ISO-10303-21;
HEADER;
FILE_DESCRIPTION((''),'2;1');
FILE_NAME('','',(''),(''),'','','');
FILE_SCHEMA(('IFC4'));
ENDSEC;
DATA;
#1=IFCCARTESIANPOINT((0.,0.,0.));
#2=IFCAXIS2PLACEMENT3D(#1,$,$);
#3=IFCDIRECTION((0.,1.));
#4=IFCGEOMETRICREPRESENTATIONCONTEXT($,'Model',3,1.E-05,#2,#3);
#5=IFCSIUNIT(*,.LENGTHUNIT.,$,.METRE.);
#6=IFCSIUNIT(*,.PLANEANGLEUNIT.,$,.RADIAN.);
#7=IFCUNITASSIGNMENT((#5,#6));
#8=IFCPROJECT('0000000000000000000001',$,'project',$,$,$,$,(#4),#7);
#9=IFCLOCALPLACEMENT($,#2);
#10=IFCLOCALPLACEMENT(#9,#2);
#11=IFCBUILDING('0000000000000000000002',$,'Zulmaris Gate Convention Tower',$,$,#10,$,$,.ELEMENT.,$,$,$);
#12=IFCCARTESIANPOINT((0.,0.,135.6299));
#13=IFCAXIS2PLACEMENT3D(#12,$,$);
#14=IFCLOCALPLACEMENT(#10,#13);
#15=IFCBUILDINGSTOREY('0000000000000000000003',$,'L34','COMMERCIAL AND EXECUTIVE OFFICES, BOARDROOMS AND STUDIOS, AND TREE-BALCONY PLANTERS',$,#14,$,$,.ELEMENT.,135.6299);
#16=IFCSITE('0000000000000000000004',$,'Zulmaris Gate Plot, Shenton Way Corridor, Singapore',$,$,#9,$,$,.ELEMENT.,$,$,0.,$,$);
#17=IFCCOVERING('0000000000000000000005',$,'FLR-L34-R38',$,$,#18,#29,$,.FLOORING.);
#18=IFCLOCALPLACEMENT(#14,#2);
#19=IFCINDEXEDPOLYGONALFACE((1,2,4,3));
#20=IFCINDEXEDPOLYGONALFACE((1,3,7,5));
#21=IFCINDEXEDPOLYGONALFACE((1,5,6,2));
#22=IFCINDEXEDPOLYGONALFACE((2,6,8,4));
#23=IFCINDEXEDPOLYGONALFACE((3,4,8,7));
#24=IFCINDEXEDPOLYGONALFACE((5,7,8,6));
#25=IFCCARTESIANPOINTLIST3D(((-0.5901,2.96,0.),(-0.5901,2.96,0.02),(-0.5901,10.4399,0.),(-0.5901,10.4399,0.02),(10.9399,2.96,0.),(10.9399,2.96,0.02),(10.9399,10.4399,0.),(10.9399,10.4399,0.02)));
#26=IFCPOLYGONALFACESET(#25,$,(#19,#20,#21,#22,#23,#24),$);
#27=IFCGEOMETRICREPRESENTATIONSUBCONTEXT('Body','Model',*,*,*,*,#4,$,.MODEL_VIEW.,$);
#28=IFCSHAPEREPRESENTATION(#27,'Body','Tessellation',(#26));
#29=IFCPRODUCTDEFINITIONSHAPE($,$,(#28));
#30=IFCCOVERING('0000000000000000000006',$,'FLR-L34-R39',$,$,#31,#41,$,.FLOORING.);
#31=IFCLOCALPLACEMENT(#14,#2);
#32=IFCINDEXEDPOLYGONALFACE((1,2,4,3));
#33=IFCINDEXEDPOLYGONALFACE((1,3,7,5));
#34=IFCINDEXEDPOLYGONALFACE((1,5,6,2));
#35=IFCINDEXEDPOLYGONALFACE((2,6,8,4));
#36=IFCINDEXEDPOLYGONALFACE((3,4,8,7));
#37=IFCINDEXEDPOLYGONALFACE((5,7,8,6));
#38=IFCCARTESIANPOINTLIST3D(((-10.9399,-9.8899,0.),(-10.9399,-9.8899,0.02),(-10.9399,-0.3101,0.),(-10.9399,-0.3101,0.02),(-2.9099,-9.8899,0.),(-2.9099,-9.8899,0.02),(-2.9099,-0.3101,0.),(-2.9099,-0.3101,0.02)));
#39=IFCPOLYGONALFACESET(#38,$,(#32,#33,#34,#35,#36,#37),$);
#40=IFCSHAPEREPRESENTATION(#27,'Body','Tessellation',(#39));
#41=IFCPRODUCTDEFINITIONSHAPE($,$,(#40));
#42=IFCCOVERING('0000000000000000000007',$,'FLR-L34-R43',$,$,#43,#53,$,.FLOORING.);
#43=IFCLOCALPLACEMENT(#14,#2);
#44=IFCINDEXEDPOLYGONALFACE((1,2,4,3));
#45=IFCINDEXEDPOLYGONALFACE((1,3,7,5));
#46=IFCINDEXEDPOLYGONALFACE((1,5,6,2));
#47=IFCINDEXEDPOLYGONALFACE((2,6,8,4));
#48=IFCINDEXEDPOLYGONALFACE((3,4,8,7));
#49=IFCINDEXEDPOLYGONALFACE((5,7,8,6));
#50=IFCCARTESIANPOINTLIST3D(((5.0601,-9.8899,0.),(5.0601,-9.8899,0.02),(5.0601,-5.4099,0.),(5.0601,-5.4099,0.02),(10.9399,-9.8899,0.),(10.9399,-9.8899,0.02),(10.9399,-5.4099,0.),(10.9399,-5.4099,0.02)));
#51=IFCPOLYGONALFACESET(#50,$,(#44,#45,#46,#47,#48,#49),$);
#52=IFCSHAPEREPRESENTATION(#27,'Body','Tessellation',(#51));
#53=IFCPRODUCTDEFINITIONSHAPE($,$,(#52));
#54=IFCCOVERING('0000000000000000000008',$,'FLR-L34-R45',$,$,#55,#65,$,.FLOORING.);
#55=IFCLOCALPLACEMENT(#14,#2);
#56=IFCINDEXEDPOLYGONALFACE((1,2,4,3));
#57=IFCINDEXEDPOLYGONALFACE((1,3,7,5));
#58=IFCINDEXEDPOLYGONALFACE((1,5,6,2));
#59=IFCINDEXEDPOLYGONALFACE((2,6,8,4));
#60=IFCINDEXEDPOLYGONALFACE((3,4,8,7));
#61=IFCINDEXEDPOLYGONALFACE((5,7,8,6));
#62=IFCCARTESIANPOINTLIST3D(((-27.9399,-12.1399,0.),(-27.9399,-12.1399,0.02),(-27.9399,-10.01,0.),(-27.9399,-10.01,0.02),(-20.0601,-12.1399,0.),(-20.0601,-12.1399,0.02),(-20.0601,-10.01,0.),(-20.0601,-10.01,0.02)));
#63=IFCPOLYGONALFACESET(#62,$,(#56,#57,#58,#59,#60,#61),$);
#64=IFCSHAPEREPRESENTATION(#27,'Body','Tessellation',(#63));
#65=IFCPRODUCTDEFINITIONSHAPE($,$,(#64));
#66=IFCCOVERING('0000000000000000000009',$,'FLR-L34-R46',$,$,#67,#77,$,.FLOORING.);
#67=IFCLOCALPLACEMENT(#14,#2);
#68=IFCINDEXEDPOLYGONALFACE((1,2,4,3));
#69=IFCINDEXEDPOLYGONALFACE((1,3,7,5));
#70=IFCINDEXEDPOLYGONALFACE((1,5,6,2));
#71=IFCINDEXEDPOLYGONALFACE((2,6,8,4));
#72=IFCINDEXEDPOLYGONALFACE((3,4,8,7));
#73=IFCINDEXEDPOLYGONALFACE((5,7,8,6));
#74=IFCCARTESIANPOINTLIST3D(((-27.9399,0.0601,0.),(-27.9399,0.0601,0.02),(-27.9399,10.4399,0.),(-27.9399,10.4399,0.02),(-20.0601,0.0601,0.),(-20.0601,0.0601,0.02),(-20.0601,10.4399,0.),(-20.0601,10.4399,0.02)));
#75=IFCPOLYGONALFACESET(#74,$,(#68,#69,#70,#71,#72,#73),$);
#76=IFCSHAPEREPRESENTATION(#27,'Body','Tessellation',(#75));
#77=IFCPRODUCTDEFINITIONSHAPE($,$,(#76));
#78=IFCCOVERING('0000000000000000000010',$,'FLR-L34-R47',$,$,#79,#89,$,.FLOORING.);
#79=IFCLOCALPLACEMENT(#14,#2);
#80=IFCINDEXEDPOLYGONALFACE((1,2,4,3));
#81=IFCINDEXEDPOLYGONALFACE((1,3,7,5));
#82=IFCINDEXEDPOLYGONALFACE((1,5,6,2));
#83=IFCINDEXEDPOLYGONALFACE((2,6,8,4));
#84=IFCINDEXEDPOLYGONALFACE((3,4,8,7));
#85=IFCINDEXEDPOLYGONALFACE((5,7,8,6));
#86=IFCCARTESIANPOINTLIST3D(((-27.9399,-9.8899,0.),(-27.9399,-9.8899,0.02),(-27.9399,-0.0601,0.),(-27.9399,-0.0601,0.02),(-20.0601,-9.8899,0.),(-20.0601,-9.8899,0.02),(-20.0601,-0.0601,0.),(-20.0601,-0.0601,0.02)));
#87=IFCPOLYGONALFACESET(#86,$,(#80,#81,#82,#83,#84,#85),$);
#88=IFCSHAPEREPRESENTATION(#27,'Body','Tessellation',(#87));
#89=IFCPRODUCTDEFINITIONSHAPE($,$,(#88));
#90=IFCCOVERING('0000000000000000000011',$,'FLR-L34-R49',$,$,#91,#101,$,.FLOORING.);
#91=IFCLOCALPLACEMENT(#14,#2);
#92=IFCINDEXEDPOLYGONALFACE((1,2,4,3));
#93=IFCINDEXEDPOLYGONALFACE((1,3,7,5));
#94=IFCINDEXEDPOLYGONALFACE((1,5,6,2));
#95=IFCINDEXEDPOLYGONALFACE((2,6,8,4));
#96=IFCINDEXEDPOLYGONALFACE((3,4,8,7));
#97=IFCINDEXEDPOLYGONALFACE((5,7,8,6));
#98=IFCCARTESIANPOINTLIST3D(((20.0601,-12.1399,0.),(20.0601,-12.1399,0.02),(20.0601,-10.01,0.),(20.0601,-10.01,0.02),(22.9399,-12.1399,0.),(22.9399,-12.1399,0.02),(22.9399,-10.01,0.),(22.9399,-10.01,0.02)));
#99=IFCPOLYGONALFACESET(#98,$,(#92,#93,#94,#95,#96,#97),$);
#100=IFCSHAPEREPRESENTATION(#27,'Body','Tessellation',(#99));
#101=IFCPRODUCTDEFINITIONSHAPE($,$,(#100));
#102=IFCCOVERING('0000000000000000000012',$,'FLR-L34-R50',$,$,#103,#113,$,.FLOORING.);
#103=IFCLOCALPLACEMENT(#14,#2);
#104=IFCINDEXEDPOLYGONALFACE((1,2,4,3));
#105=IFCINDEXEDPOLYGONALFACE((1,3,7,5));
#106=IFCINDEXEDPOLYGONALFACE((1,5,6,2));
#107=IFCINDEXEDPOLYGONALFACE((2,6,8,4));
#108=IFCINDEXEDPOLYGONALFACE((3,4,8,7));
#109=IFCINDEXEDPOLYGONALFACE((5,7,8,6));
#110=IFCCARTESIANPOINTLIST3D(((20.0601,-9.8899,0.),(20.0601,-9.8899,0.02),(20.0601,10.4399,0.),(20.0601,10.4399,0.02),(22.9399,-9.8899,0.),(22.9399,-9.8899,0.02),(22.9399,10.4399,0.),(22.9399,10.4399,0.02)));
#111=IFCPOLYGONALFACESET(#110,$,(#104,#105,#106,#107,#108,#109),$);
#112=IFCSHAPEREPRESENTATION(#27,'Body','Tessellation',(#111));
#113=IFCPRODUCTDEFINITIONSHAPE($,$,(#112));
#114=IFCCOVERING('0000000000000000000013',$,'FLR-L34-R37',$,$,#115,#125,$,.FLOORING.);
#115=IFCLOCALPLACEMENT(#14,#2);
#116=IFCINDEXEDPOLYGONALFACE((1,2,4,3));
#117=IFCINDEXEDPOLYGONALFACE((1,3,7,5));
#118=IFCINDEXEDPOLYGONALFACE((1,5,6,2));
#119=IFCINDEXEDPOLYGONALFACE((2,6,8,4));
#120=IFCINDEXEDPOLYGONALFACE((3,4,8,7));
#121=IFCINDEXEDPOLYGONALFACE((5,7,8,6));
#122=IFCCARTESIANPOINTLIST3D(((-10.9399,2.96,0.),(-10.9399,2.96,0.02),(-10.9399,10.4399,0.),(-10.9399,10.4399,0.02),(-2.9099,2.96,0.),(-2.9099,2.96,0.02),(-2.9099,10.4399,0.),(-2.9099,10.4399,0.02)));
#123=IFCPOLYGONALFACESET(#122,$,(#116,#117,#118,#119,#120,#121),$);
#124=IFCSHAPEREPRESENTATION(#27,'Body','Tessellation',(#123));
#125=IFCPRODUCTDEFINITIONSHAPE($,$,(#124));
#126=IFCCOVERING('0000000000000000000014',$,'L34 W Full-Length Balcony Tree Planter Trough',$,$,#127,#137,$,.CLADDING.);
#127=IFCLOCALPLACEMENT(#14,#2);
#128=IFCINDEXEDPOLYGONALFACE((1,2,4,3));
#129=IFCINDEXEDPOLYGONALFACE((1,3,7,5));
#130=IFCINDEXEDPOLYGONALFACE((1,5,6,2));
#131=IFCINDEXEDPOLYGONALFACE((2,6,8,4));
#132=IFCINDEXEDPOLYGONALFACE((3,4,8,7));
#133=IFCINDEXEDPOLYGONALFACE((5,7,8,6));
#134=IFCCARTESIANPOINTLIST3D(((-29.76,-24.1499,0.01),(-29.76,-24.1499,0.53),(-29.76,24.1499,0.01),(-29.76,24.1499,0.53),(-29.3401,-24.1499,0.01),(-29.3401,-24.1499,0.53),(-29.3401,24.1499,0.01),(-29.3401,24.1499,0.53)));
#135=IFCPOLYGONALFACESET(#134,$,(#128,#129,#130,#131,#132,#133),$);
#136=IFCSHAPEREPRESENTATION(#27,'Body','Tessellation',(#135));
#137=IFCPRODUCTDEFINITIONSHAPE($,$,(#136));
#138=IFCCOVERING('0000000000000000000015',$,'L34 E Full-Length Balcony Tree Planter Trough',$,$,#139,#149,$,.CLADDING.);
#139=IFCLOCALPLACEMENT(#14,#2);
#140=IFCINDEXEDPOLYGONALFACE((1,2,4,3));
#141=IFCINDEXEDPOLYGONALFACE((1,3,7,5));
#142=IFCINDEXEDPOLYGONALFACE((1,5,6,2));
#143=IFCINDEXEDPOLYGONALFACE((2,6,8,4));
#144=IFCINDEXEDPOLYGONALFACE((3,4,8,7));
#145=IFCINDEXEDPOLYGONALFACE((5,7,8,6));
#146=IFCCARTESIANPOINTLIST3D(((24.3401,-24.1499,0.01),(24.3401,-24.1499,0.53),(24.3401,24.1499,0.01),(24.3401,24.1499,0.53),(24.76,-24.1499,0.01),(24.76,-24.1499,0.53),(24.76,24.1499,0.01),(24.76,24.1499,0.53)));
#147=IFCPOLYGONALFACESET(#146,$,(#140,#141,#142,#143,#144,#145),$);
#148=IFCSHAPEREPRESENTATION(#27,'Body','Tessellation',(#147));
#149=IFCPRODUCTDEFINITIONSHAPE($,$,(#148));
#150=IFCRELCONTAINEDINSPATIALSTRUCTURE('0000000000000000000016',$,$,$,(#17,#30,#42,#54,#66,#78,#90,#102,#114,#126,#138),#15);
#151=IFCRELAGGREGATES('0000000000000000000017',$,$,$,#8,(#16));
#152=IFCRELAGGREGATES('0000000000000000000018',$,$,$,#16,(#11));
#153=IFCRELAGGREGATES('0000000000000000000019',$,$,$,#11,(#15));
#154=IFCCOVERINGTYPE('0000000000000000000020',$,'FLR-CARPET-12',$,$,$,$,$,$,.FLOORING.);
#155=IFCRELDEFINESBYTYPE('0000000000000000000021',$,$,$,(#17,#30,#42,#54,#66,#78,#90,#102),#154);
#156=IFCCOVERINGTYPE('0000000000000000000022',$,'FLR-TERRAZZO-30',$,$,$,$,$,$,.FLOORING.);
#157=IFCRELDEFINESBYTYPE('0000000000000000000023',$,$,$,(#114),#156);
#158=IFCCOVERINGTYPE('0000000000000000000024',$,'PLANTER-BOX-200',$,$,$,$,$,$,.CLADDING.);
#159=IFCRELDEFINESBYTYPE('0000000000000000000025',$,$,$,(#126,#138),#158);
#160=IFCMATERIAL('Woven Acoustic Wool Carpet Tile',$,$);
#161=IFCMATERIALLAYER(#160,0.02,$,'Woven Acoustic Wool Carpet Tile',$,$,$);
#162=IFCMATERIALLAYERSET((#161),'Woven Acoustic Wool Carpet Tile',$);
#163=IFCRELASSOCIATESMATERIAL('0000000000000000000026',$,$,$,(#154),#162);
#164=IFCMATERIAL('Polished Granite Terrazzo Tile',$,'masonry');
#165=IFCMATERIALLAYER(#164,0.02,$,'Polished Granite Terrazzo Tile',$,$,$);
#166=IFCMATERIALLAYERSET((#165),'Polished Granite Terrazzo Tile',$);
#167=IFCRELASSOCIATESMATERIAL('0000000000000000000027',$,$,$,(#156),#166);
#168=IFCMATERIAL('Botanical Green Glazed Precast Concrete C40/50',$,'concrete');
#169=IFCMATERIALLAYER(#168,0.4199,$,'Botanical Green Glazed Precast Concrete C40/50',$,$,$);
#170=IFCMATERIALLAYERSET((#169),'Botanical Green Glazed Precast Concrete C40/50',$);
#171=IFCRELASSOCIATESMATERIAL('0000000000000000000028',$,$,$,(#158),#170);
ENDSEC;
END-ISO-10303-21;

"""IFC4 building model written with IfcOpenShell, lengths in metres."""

from ifc_helpers import new_model, si_unit, direction, frame, origin, place, context, subcontext, project, spatial, polyline, outline, extrude, material, layer, layer_set, type_object, element, save


model = new_model("IFC4")

# Units and contexts
model_context = context("Model", 3, precision=1e-05, world=origin(), true_north=direction((0.0, 1.0)))
body_context = subcontext(model_context, "Body", "Model", "MODEL_VIEW")
ifc_project = project(units=[si_unit("LENGTHUNIT", "METRE"), si_unit("PLANEANGLEUNIT", "RADIAN")], contexts=[model_context])

# Site, building, storey
site_placement = place(None, origin())
site = spatial("IfcSite", under=ifc_project, at=site_placement, Name="Zulmaris Gate Plot, Shenton Way Corridor, Singapore", CompositionType="ELEMENT", RefElevation=0.0)
building_placement = place(site_placement, origin())
building = spatial("IfcBuilding", under=site, at=building_placement, Name="Zulmaris Gate Convention Tower", CompositionType="ELEMENT")
storey_placement = place(building_placement, frame((0.0, 0.0, 135.6299)))
storey = spatial("IfcBuildingStorey", under=building, at=storey_placement, Name="L34", Description="COMMERCIAL AND EXECUTIVE OFFICES, BOARDROOMS AND STUDIOS, AND TREE-BALCONY PLANTERS", CompositionType="ELEMENT", Elevation=135.6299)

# Coverings
ifc_material_1 = material(Name="Woven Acoustic Wool Carpet Tile")
ifc_layer_1 = layer(ifc_material_1, 0.02, Name="Woven Acoustic Wool Carpet Tile")
ifc_layer_set_1 = layer_set([ifc_layer_1], Name="Woven Acoustic Wool Carpet Tile")
covering_type_1 = type_object("IfcCoveringType", Name="FLR-CARPET-12", PredefinedType="FLOORING", material=ifc_layer_set_1)
covering_1_placement = place(storey_placement, origin())
element("IfcCovering", 1, at=covering_1_placement, inside=storey, type_object=covering_type_1, Name="FLR-L34-R38", PredefinedType="FLOORING", context=body_context, shape_type="SweptSolid", body=[
    extrude(outline(polyline([(-0.5901, 2.96), (10.9399, 2.96), (10.9399, 10.4399), (-0.5901, 10.4399), (-0.5901, 2.96)])), origin(), (0.0, 0.0, 1.0), 0.02),
])
covering_2_placement = place(storey_placement, origin())
element("IfcCovering", 2, at=covering_2_placement, inside=storey, type_object=covering_type_1, Name="FLR-L34-R39", PredefinedType="FLOORING", context=body_context, shape_type="SweptSolid", body=[
    extrude(outline(polyline([(-10.9399, -9.8899), (-2.9099, -9.8899), (-2.9099, -0.3101), (-10.9399, -0.3101), (-10.9399, -9.8899)])), origin(), (0.0, 0.0, 1.0), 0.02),
])
covering_3_placement = place(storey_placement, origin())
element("IfcCovering", 3, at=covering_3_placement, inside=storey, type_object=covering_type_1, Name="FLR-L34-R43", PredefinedType="FLOORING", context=body_context, shape_type="SweptSolid", body=[
    extrude(outline(polyline([(5.0601, -9.8899), (10.9399, -9.8899), (10.9399, -5.4099), (5.0601, -5.4099), (5.0601, -9.8899)])), origin(), (0.0, 0.0, 1.0), 0.02),
])
covering_4_placement = place(storey_placement, origin())
element("IfcCovering", 4, at=covering_4_placement, inside=storey, type_object=covering_type_1, Name="FLR-L34-R45", PredefinedType="FLOORING", context=body_context, shape_type="SweptSolid", body=[
    extrude(outline(polyline([(-27.9399, -12.1399), (-20.0601, -12.1399), (-20.0601, -10.01), (-27.9399, -10.01), (-27.9399, -12.1399)])), origin(), (0.0, 0.0, 1.0), 0.02),
])
covering_5_placement = place(storey_placement, origin())
element("IfcCovering", 5, at=covering_5_placement, inside=storey, type_object=covering_type_1, Name="FLR-L34-R46", PredefinedType="FLOORING", context=body_context, shape_type="SweptSolid", body=[
    extrude(outline(polyline([(-27.9399, 0.0601), (-20.0601, 0.0601), (-20.0601, 10.4399), (-27.9399, 10.4399), (-27.9399, 0.0601)])), origin(), (0.0, 0.0, 1.0), 0.02),
])
covering_6_placement = place(storey_placement, origin())
element("IfcCovering", 6, at=covering_6_placement, inside=storey, type_object=covering_type_1, Name="FLR-L34-R47", PredefinedType="FLOORING", context=body_context, shape_type="SweptSolid", body=[
    extrude(outline(polyline([(-27.9399, -9.8899), (-20.0601, -9.8899), (-20.0601, -0.0601), (-27.9399, -0.0601), (-27.9399, -9.8899)])), origin(), (0.0, 0.0, 1.0), 0.02),
])
covering_7_placement = place(storey_placement, origin())
element("IfcCovering", 7, at=covering_7_placement, inside=storey, type_object=covering_type_1, Name="FLR-L34-R49", PredefinedType="FLOORING", context=body_context, shape_type="SweptSolid", body=[
    extrude(outline(polyline([(20.0601, -12.1399), (22.9399, -12.1399), (22.9399, -10.01), (20.0601, -10.01), (20.0601, -12.1399)])), origin(), (0.0, 0.0, 1.0), 0.02),
])
covering_8_placement = place(storey_placement, origin())
element("IfcCovering", 8, at=covering_8_placement, inside=storey, type_object=covering_type_1, Name="FLR-L34-R50", PredefinedType="FLOORING", context=body_context, shape_type="SweptSolid", body=[
    extrude(outline(polyline([(20.0601, -9.8899), (22.9399, -9.8899), (22.9399, 10.4399), (20.0601, 10.4399), (20.0601, -9.8899)])), origin(), (0.0, 0.0, 1.0), 0.02),
])
ifc_material_2 = material(Name="Polished Granite Terrazzo Tile", Category="masonry")
ifc_layer_2 = layer(ifc_material_2, 0.02, Name="Polished Granite Terrazzo Tile")
ifc_layer_set_2 = layer_set([ifc_layer_2], Name="Polished Granite Terrazzo Tile")
covering_type_2 = type_object("IfcCoveringType", Name="FLR-TERRAZZO-30", PredefinedType="FLOORING", material=ifc_layer_set_2)
covering_9_placement = place(storey_placement, origin())
element("IfcCovering", 9, at=covering_9_placement, inside=storey, type_object=covering_type_2, Name="FLR-L34-R37", PredefinedType="FLOORING", context=body_context, shape_type="SweptSolid", body=[
    extrude(outline(polyline([(-10.9399, 2.96), (-2.9099, 2.96), (-2.9099, 10.4399), (-10.9399, 10.4399), (-10.9399, 2.96)])), origin(), (0.0, 0.0, 1.0), 0.02),
])
ifc_material_3 = material(Name="Botanical Green Glazed Precast Concrete C40/50", Category="concrete")
ifc_layer_3 = layer(ifc_material_3, 0.4199, Name="Botanical Green Glazed Precast Concrete C40/50")
ifc_layer_set_3 = layer_set([ifc_layer_3], Name="Botanical Green Glazed Precast Concrete C40/50")
covering_type_3 = type_object("IfcCoveringType", Name="PLANTER-BOX-200", PredefinedType="CLADDING", material=ifc_layer_set_3)
covering_10_placement = place(storey_placement, frame((0.0, 0.0, 0.01)))
element("IfcCovering", 10, at=covering_10_placement, inside=storey, type_object=covering_type_3, Name="L34 W Full-Length Balcony Tree Planter Trough", PredefinedType="CLADDING", context=body_context, shape_type="SweptSolid", body=[
    extrude(outline(polyline([(-29.76, -24.1499), (-29.3401, -24.1499), (-29.3401, 24.1499), (-29.76, 24.1499), (-29.76, -24.1499)])), origin(), (0.0, 0.0, 1.0), 0.52),
])
covering_11_placement = place(storey_placement, frame((0.0, 0.0, 0.01)))
element("IfcCovering", 11, at=covering_11_placement, inside=storey, type_object=covering_type_3, Name="L34 E Full-Length Balcony Tree Planter Trough", PredefinedType="CLADDING", context=body_context, shape_type="SweptSolid", body=[
    extrude(outline(polyline([(24.3401, -24.1499), (24.76, -24.1499), (24.76, 24.1499), (24.3401, 24.1499), (24.3401, -24.1499)])), origin(), (0.0, 0.0, 1.0), 0.52),
])

save(model, "model.ifc")
